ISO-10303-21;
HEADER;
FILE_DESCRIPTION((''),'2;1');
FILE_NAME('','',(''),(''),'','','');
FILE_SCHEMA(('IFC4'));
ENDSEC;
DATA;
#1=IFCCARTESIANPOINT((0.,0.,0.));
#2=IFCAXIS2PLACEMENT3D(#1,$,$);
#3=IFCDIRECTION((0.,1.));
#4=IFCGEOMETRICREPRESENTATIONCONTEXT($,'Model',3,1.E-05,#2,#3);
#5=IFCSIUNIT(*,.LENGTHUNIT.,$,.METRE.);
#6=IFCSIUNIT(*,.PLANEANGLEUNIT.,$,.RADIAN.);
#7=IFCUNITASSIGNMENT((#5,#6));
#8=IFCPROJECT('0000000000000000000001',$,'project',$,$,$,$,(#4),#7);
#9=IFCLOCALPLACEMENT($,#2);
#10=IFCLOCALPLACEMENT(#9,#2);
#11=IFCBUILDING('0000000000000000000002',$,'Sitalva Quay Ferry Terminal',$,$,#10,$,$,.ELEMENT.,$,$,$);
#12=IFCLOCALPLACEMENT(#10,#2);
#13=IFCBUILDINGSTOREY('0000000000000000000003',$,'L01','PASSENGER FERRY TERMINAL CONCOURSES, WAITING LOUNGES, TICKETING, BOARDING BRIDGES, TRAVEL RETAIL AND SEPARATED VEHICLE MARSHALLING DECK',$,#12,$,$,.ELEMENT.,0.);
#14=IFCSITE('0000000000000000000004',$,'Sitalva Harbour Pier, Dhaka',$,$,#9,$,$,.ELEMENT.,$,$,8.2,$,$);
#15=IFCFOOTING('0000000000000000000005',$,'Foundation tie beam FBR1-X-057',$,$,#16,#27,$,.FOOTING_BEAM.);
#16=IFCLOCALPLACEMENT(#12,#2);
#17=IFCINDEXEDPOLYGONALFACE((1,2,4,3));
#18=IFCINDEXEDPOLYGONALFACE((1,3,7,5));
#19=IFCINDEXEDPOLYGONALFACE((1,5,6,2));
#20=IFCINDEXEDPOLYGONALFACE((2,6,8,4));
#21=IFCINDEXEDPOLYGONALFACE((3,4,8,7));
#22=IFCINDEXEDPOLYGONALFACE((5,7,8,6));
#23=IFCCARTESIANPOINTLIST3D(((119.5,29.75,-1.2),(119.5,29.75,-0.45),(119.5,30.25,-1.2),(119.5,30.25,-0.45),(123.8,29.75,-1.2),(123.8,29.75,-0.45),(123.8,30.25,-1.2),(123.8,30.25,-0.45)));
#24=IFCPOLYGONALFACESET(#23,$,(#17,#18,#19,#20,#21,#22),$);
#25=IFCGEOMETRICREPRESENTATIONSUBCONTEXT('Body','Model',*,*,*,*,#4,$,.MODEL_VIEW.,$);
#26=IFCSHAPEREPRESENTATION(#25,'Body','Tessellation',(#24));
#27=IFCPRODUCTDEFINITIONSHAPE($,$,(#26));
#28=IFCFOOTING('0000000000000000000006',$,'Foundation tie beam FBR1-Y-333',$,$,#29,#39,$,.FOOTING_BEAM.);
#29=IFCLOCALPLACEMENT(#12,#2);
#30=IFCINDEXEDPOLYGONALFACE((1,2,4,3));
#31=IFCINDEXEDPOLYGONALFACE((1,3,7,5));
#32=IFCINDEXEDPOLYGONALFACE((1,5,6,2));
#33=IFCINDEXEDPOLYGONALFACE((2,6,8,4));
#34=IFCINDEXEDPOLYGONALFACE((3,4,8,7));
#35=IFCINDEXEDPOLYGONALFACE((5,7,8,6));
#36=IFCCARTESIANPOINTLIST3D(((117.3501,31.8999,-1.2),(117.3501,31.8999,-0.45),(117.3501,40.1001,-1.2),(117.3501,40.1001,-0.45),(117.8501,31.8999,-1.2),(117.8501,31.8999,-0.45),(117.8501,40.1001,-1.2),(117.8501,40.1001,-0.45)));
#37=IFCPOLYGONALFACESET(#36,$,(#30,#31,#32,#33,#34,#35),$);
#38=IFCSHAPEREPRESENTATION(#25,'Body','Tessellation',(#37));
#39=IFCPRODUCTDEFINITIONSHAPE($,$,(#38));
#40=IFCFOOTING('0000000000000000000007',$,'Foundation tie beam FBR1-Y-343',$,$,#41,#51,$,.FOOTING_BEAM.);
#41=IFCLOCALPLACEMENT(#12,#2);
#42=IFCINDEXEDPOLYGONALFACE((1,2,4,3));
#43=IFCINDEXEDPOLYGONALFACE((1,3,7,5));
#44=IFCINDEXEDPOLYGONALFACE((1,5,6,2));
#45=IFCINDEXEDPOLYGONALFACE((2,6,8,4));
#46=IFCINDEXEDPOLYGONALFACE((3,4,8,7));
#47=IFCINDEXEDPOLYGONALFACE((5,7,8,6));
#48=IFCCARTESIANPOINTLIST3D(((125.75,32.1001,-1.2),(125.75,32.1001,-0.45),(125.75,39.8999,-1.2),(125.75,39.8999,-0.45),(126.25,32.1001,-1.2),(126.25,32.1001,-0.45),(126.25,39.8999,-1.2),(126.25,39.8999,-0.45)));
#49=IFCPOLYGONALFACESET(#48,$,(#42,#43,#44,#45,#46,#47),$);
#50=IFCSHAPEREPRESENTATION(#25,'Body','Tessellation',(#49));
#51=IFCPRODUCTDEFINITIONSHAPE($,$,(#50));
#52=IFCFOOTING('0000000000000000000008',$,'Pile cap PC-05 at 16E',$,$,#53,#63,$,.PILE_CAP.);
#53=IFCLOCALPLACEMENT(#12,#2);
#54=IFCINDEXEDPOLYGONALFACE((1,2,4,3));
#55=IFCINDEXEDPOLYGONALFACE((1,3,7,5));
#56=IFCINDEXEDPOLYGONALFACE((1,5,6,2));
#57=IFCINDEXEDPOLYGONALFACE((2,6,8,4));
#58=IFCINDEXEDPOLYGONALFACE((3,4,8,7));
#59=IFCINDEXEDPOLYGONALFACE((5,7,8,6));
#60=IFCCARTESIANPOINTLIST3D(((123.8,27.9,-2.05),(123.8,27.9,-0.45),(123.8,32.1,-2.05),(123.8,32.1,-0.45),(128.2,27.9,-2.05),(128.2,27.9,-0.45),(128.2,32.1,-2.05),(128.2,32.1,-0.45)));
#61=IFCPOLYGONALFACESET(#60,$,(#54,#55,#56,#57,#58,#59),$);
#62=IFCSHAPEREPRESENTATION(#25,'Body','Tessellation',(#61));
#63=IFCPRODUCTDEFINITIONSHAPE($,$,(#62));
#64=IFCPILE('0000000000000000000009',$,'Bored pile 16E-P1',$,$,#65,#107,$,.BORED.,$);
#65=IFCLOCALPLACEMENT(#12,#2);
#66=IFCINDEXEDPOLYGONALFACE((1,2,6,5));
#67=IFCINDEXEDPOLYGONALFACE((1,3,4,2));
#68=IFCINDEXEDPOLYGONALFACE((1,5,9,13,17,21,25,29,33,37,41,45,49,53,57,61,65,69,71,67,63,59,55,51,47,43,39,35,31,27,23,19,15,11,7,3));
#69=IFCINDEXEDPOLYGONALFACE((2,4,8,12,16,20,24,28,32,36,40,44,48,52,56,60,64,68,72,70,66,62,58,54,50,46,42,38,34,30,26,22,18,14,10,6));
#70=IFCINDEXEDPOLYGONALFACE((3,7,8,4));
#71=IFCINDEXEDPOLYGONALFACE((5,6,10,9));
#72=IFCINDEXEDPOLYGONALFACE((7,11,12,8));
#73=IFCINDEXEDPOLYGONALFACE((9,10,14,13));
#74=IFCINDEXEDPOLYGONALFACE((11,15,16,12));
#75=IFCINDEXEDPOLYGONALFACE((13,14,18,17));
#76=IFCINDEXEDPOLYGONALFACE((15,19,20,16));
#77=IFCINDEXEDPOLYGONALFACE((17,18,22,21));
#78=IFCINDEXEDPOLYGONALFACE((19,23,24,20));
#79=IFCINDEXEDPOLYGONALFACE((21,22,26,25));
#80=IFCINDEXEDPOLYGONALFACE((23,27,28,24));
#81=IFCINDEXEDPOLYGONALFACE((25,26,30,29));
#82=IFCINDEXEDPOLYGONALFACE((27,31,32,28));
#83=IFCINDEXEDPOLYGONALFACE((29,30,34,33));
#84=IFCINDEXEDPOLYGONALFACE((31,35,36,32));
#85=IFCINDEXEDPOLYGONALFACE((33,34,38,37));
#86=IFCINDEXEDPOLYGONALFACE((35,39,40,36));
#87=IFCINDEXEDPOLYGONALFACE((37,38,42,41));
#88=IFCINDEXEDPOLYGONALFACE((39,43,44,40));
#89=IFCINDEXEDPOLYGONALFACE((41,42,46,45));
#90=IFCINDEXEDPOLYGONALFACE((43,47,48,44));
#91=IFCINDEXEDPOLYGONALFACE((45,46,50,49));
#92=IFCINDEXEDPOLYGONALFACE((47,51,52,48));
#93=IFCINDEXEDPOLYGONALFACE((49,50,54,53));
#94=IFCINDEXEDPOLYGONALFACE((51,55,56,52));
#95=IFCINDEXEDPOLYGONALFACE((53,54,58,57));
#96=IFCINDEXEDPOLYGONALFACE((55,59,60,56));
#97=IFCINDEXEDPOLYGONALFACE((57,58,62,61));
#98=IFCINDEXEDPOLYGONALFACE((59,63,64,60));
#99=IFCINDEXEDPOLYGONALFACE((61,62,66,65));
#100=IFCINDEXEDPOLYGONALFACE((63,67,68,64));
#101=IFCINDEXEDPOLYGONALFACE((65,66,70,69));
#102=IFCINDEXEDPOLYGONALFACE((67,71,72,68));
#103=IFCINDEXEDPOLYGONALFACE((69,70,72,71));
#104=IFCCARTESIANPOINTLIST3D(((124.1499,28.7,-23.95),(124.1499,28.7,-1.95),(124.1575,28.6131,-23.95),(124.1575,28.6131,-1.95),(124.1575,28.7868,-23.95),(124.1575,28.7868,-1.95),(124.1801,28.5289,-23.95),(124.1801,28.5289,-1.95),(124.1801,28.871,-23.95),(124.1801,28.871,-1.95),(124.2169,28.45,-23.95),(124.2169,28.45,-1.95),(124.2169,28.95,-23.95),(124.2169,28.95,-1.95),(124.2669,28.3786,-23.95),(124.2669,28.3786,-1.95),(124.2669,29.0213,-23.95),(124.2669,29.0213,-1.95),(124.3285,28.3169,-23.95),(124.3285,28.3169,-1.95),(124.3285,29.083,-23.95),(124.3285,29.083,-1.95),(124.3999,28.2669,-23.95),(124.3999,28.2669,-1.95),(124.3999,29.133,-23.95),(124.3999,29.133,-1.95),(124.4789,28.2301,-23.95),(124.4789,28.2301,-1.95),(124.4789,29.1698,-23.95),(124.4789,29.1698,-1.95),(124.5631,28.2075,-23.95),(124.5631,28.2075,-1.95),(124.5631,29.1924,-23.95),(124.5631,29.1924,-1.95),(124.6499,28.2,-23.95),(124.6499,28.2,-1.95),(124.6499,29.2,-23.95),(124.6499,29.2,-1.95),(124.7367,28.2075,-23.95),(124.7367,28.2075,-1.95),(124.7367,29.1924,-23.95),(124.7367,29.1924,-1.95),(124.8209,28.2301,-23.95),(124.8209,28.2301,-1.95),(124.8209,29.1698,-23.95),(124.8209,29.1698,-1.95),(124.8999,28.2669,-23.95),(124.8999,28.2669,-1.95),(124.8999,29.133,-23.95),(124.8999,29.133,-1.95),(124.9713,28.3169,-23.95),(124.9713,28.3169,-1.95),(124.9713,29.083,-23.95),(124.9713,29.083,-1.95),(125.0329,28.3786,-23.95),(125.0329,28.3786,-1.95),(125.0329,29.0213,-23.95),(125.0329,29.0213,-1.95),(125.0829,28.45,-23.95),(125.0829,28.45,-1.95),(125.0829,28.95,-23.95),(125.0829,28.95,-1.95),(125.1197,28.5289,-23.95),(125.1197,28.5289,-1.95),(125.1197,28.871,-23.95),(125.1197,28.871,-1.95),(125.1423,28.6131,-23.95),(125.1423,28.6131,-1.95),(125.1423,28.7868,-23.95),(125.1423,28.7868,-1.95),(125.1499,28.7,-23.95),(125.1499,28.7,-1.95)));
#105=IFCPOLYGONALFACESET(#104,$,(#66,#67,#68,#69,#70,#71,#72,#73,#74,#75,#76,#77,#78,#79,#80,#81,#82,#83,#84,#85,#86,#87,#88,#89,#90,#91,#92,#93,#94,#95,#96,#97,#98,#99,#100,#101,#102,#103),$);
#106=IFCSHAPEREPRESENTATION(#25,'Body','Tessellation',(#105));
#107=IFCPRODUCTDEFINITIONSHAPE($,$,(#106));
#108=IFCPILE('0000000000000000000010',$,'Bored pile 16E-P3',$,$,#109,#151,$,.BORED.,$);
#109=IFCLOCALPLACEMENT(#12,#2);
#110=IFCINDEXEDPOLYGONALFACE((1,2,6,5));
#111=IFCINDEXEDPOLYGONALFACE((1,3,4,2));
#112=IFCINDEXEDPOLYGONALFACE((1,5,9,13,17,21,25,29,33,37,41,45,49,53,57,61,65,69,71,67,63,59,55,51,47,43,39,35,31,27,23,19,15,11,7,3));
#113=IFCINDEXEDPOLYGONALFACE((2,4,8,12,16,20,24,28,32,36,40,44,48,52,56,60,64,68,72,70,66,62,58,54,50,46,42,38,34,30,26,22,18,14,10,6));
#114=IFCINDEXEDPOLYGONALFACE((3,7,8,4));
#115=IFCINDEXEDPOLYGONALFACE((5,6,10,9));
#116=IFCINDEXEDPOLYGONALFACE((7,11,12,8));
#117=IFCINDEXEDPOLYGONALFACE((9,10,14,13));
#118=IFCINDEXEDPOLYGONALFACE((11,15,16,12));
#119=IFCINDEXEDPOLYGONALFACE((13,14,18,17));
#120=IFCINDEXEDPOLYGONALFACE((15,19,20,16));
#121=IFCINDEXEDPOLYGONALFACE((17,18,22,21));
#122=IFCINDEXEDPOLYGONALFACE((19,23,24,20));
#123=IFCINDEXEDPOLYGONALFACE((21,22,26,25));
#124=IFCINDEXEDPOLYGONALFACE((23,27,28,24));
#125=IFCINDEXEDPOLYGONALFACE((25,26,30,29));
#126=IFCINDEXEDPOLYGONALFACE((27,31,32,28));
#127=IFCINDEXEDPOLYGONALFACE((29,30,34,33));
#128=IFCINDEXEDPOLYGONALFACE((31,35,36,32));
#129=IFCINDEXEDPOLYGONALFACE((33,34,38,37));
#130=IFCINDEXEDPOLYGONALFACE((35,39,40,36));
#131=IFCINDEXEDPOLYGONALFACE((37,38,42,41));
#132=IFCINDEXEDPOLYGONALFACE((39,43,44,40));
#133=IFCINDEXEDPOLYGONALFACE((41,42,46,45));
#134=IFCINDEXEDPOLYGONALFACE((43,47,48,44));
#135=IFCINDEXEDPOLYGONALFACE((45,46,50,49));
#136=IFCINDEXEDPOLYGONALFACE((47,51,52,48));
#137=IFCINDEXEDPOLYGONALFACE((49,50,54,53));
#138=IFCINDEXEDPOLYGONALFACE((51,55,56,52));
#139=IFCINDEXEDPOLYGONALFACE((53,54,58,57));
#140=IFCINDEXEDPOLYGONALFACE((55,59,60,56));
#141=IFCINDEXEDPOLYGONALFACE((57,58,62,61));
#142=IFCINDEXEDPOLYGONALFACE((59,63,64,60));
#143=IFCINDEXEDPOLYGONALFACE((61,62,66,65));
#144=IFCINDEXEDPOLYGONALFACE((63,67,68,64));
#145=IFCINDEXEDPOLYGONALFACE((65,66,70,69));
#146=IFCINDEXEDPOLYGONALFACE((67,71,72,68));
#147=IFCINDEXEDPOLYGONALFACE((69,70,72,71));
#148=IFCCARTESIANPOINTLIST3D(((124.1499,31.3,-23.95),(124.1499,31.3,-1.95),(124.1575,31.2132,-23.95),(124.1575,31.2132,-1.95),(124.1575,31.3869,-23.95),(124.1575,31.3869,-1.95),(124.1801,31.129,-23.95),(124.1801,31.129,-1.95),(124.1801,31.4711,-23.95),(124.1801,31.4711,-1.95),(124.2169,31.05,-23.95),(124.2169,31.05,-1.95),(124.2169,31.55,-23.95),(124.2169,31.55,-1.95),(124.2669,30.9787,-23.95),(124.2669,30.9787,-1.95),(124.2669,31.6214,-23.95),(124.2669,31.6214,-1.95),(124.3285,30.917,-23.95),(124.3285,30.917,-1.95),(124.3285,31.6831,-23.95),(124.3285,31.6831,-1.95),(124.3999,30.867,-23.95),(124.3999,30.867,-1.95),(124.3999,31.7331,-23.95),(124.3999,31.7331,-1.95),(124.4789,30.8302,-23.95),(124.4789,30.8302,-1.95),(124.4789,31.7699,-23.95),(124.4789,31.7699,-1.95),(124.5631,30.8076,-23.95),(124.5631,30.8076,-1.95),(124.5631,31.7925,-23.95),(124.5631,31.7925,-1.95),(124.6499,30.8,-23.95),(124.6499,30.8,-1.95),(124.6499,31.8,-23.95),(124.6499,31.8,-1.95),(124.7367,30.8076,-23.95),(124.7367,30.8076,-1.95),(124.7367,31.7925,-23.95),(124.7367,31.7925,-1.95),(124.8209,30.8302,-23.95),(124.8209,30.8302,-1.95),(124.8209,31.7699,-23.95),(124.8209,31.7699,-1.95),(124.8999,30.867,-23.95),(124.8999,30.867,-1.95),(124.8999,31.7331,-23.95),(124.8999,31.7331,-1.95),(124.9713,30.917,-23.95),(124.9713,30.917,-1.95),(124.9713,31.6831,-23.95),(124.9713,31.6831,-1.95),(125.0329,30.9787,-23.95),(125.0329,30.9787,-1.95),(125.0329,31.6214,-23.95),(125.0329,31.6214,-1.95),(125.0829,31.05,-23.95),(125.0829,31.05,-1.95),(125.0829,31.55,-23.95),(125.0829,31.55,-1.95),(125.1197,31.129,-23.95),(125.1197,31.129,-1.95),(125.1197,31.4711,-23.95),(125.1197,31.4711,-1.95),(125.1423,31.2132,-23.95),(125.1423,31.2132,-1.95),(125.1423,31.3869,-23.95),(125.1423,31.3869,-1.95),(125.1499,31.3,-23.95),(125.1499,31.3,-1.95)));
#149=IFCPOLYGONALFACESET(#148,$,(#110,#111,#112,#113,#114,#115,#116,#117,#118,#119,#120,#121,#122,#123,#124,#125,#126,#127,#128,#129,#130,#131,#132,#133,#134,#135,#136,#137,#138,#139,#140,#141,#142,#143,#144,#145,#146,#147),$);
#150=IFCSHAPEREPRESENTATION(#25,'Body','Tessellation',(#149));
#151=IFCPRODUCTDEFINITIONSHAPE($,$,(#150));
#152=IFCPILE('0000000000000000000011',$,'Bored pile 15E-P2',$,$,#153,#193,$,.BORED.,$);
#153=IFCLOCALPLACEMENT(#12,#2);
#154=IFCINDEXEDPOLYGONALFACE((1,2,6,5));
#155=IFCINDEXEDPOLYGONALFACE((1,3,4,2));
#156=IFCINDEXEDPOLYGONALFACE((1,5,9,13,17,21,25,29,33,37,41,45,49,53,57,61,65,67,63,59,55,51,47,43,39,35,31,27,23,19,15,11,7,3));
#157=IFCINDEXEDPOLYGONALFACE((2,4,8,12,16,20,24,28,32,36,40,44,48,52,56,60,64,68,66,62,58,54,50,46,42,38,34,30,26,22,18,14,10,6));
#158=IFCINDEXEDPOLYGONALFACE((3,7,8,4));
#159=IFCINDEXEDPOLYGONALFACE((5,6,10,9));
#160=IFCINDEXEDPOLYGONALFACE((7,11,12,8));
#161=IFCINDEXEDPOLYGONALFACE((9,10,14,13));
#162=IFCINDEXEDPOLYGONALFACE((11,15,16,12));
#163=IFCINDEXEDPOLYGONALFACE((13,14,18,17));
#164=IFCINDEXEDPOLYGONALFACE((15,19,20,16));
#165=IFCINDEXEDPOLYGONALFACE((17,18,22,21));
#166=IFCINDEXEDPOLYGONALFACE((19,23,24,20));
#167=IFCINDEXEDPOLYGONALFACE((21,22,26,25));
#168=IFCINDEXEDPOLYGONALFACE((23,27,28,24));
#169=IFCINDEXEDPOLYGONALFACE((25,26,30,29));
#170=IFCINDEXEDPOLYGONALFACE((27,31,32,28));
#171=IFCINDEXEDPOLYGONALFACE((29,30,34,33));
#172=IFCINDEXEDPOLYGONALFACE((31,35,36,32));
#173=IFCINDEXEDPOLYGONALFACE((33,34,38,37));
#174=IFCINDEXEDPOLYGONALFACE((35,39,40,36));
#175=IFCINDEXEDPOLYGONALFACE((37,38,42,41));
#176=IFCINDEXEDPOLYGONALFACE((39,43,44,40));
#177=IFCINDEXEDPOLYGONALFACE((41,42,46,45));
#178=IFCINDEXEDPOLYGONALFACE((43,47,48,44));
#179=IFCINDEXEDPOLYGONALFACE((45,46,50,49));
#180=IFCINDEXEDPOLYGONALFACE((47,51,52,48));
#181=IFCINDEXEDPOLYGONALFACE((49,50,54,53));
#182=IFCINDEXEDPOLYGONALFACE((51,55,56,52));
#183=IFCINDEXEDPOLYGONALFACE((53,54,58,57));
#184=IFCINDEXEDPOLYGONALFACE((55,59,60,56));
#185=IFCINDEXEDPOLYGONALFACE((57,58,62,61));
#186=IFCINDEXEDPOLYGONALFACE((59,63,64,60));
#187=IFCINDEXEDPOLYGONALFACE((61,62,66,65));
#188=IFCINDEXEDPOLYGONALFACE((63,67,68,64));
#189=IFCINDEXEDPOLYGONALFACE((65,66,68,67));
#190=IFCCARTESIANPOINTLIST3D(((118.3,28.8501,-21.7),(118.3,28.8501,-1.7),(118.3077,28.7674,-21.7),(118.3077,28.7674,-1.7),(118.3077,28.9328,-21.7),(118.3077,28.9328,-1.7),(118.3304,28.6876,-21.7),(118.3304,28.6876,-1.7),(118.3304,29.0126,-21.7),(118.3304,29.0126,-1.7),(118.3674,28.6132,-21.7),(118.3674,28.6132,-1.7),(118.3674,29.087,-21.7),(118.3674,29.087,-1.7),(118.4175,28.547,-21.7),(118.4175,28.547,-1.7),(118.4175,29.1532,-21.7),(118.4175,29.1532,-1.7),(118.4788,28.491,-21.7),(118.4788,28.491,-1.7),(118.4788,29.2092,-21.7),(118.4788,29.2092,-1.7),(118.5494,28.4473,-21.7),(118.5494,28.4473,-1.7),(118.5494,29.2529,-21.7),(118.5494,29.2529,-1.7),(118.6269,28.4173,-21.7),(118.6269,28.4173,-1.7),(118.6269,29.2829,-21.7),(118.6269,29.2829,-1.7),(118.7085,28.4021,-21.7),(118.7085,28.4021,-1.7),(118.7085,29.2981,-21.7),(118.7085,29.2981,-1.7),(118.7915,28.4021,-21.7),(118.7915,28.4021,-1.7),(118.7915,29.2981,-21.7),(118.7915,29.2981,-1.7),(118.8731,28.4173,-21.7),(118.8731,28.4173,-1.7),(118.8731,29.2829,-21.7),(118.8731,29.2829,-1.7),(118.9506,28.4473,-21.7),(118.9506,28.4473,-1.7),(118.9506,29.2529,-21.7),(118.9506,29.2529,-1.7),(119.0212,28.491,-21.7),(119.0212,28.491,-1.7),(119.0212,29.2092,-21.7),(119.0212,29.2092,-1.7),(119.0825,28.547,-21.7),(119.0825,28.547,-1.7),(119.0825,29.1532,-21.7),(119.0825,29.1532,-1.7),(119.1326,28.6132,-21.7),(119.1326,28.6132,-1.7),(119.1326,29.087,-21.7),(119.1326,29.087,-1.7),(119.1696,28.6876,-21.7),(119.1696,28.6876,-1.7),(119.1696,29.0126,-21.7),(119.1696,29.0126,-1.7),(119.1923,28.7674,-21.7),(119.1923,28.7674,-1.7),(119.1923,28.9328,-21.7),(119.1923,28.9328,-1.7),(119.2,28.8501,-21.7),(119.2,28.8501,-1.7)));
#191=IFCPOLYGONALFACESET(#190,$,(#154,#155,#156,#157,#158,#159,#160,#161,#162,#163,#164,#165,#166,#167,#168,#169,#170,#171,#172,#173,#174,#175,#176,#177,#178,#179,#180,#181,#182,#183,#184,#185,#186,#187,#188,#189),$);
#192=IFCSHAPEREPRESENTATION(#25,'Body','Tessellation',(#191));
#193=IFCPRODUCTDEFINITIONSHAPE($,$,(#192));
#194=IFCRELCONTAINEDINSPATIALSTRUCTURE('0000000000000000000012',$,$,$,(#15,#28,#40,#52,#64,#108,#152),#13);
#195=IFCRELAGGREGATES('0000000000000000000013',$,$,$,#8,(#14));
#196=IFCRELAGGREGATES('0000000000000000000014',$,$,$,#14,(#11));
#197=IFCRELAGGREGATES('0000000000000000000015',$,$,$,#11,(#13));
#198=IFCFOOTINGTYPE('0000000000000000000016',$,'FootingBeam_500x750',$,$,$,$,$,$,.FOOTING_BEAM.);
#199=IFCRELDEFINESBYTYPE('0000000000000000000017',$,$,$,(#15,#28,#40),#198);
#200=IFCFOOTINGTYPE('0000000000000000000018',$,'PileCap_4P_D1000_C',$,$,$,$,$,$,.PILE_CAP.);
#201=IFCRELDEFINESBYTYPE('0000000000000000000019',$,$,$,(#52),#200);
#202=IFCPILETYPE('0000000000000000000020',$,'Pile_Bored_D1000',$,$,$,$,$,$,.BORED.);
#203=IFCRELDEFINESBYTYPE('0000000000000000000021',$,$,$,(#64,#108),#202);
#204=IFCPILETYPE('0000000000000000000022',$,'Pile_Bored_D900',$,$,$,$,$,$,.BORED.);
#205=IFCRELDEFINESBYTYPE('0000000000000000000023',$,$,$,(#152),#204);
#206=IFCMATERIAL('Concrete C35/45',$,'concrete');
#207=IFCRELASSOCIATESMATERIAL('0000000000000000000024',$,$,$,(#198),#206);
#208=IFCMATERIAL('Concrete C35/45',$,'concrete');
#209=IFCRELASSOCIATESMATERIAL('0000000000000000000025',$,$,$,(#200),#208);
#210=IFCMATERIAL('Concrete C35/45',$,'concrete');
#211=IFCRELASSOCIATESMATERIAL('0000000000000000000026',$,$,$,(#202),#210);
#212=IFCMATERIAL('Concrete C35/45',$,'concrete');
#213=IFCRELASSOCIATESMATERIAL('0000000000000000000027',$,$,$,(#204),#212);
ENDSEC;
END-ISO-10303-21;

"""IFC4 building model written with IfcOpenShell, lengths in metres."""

from ifc_helpers import new_model, si_unit, direction, frame, origin, origin_2d, place, context, subcontext, project, spatial, rectangle, circle, extrude, material, material_profile, profile_set, type_object, element, save


model = new_model("IFC4")

# Units and contexts
model_context = context("Model", 3, precision=1e-05, world=origin(), true_north=direction((0.0, 1.0)))
body_context = subcontext(model_context, "Body", "Model", "MODEL_VIEW")
ifc_project = project(units=[si_unit("LENGTHUNIT", "METRE"), si_unit("PLANEANGLEUNIT", "RADIAN")], contexts=[model_context])

# Site, building, storey
site_placement = place(None, origin())
site = spatial("IfcSite", under=ifc_project, at=site_placement, Name="Sitalva Harbour Pier, Dhaka", CompositionType="ELEMENT", RefElevation=8.2)
building_placement = place(site_placement, origin())
building = spatial("IfcBuilding", under=site, at=building_placement, Name="Sitalva Quay Ferry Terminal", CompositionType="ELEMENT")
storey_placement = place(building_placement, origin())
storey = spatial("IfcBuildingStorey", under=building, at=storey_placement, Name="L01", Description="PASSENGER FERRY TERMINAL CONCOURSES, WAITING LOUNGES, TICKETING, BOARDING BRIDGES, TRAVEL RETAIL AND SEPARATED VEHICLE MARSHALLING DECK", CompositionType="ELEMENT", Elevation=0.0)

# Footings
ifc_material_1 = material(Name="Concrete C35/45", Category="concrete")
ifc_material_profile_1 = material_profile(ifc_material_1, rectangle(XDim=0.5, YDim=0.75, at=origin_2d()), Name="RC500x750")
ifc_profile_set_1 = profile_set([ifc_material_profile_1], Name="Concrete C35/45")
footing_type_1 = type_object("IfcFootingType", Name="FootingBeam_500x750", PredefinedType="FOOTING_BEAM", material=ifc_profile_set_1)
footing_1_placement = place(storey_placement, frame((119.5, 30.0, -0.825), z_axis=(1.0, 0.0, 0.0), x_axis=(0.0, 1.0, 0.0)))
element("IfcFooting", 1, at=footing_1_placement, inside=storey, type_object=footing_type_1, Name="Foundation tie beam FBR1-X-057", PredefinedType="FOOTING_BEAM", context=body_context, shape_type="SweptSolid", body=[
    extrude(rectangle(XDim=0.5, YDim=0.75, at=origin_2d()), origin(), (0.0, 0.0, 1.0), 4.3),
])
footing_2_placement = place(storey_placement, frame((117.6001, 31.8999, -0.825), z_axis=(0.0, 1.0, 0.0), x_axis=(-1.0, 0.0, 0.0)))
element("IfcFooting", 2, at=footing_2_placement, inside=storey, type_object=footing_type_1, Name="Foundation tie beam FBR1-Y-333", PredefinedType="FOOTING_BEAM", context=body_context, shape_type="SweptSolid", body=[
    extrude(rectangle(XDim=0.5, YDim=0.75, at=origin_2d()), origin(), (0.0, 0.0, 1.0), 8.2002),
])
footing_3_placement = place(storey_placement, frame((126.0, 32.1001, -0.825), z_axis=(0.0, 1.0, 0.0), x_axis=(-1.0, 0.0, 0.0)))
element("IfcFooting", 3, at=footing_3_placement, inside=storey, type_object=footing_type_1, Name="Foundation tie beam FBR1-Y-343", PredefinedType="FOOTING_BEAM", context=body_context, shape_type="SweptSolid", body=[
    extrude(rectangle(XDim=0.5, YDim=0.75, at=origin_2d()), origin(), (0.0, 0.0, 1.0), 7.7998),
])
ifc_material_2 = material(Name="Concrete C35/45", Category="concrete")
footing_type_2 = type_object("IfcFootingType", Name="PileCap_4P_D1000_C", PredefinedType="PILE_CAP", material=ifc_material_2)
footing_4_placement = place(storey_placement, frame((126.0, 30.0, -2.05), z_axis=(0.0, 0.0, 1.0), x_axis=(1.0, 0.0, 0.0)))
element("IfcFooting", 4, at=footing_4_placement, inside=storey, type_object=footing_type_2, Name="Pile cap PC-05 at 16E", PredefinedType="PILE_CAP", context=body_context, shape_type="SweptSolid", body=[
    extrude(rectangle(XDim=4.3999, YDim=4.2, at=origin_2d()), origin(), (0.0, 0.0, 1.0), 1.6001),
])

# Piles
ifc_material_3 = material(Name="Concrete C35/45", Category="concrete")
ifc_material_profile_2 = material_profile(ifc_material_3, circle(Radius=0.5, at=origin_2d()), Name="PILE-D1000")
ifc_profile_set_2 = profile_set([ifc_material_profile_2], Name="Concrete C35/45")
pile_type_1 = type_object("IfcPileType", Name="Pile_Bored_D1000", PredefinedType="BORED", material=ifc_profile_set_2)
for number, where, z_axis, x_axis, name in (
    (5, (124.6499, 28.7, -1.95), (0.0, 0.0, -1.0), (1.0, 0.0, 0.0), "Bored pile 16E-P1"),
    (6, (124.6499, 31.3, -1.95), (0.0, 0.0, -1.0), (1.0, 0.0, 0.0), "Bored pile 16E-P3"),
):
    element("IfcPile", number, at=place(storey_placement, frame(where, z_axis=z_axis, x_axis=x_axis)), inside=storey, type_object=pile_type_1, Name=name, PredefinedType="BORED", context=body_context, shape_type="SweptSolid", body=[
        extrude(circle(Radius=0.5, at=origin_2d()), origin(), (0.0, 0.0, 1.0), 22.0),
    ])
ifc_material_4 = material(Name="Concrete C35/45", Category="concrete")
ifc_material_profile_3 = material_profile(ifc_material_4, circle(Radius=0.45, at=origin_2d()), Name="PILE-D900")
ifc_profile_set_3 = profile_set([ifc_material_profile_3], Name="Concrete C35/45")
pile_type_2 = type_object("IfcPileType", Name="Pile_Bored_D900", PredefinedType="BORED", material=ifc_profile_set_3)
for number, where, z_axis, x_axis, name in (
    (7, (118.75, 28.8501, -1.7), (0.0, 0.0, -1.0), (1.0, 0.0, 0.0), "Bored pile 15E-P2"),
):
    element("IfcPile", number, at=place(storey_placement, frame(where, z_axis=z_axis, x_axis=x_axis)), inside=storey, type_object=pile_type_2, Name=name, PredefinedType="BORED", context=body_context, shape_type="SweptSolid", body=[
        extrude(circle(Radius=0.45, at=origin_2d()), origin(), (0.0, 0.0, 1.0), 20.0),
    ])

save(model, "model.ifc")
